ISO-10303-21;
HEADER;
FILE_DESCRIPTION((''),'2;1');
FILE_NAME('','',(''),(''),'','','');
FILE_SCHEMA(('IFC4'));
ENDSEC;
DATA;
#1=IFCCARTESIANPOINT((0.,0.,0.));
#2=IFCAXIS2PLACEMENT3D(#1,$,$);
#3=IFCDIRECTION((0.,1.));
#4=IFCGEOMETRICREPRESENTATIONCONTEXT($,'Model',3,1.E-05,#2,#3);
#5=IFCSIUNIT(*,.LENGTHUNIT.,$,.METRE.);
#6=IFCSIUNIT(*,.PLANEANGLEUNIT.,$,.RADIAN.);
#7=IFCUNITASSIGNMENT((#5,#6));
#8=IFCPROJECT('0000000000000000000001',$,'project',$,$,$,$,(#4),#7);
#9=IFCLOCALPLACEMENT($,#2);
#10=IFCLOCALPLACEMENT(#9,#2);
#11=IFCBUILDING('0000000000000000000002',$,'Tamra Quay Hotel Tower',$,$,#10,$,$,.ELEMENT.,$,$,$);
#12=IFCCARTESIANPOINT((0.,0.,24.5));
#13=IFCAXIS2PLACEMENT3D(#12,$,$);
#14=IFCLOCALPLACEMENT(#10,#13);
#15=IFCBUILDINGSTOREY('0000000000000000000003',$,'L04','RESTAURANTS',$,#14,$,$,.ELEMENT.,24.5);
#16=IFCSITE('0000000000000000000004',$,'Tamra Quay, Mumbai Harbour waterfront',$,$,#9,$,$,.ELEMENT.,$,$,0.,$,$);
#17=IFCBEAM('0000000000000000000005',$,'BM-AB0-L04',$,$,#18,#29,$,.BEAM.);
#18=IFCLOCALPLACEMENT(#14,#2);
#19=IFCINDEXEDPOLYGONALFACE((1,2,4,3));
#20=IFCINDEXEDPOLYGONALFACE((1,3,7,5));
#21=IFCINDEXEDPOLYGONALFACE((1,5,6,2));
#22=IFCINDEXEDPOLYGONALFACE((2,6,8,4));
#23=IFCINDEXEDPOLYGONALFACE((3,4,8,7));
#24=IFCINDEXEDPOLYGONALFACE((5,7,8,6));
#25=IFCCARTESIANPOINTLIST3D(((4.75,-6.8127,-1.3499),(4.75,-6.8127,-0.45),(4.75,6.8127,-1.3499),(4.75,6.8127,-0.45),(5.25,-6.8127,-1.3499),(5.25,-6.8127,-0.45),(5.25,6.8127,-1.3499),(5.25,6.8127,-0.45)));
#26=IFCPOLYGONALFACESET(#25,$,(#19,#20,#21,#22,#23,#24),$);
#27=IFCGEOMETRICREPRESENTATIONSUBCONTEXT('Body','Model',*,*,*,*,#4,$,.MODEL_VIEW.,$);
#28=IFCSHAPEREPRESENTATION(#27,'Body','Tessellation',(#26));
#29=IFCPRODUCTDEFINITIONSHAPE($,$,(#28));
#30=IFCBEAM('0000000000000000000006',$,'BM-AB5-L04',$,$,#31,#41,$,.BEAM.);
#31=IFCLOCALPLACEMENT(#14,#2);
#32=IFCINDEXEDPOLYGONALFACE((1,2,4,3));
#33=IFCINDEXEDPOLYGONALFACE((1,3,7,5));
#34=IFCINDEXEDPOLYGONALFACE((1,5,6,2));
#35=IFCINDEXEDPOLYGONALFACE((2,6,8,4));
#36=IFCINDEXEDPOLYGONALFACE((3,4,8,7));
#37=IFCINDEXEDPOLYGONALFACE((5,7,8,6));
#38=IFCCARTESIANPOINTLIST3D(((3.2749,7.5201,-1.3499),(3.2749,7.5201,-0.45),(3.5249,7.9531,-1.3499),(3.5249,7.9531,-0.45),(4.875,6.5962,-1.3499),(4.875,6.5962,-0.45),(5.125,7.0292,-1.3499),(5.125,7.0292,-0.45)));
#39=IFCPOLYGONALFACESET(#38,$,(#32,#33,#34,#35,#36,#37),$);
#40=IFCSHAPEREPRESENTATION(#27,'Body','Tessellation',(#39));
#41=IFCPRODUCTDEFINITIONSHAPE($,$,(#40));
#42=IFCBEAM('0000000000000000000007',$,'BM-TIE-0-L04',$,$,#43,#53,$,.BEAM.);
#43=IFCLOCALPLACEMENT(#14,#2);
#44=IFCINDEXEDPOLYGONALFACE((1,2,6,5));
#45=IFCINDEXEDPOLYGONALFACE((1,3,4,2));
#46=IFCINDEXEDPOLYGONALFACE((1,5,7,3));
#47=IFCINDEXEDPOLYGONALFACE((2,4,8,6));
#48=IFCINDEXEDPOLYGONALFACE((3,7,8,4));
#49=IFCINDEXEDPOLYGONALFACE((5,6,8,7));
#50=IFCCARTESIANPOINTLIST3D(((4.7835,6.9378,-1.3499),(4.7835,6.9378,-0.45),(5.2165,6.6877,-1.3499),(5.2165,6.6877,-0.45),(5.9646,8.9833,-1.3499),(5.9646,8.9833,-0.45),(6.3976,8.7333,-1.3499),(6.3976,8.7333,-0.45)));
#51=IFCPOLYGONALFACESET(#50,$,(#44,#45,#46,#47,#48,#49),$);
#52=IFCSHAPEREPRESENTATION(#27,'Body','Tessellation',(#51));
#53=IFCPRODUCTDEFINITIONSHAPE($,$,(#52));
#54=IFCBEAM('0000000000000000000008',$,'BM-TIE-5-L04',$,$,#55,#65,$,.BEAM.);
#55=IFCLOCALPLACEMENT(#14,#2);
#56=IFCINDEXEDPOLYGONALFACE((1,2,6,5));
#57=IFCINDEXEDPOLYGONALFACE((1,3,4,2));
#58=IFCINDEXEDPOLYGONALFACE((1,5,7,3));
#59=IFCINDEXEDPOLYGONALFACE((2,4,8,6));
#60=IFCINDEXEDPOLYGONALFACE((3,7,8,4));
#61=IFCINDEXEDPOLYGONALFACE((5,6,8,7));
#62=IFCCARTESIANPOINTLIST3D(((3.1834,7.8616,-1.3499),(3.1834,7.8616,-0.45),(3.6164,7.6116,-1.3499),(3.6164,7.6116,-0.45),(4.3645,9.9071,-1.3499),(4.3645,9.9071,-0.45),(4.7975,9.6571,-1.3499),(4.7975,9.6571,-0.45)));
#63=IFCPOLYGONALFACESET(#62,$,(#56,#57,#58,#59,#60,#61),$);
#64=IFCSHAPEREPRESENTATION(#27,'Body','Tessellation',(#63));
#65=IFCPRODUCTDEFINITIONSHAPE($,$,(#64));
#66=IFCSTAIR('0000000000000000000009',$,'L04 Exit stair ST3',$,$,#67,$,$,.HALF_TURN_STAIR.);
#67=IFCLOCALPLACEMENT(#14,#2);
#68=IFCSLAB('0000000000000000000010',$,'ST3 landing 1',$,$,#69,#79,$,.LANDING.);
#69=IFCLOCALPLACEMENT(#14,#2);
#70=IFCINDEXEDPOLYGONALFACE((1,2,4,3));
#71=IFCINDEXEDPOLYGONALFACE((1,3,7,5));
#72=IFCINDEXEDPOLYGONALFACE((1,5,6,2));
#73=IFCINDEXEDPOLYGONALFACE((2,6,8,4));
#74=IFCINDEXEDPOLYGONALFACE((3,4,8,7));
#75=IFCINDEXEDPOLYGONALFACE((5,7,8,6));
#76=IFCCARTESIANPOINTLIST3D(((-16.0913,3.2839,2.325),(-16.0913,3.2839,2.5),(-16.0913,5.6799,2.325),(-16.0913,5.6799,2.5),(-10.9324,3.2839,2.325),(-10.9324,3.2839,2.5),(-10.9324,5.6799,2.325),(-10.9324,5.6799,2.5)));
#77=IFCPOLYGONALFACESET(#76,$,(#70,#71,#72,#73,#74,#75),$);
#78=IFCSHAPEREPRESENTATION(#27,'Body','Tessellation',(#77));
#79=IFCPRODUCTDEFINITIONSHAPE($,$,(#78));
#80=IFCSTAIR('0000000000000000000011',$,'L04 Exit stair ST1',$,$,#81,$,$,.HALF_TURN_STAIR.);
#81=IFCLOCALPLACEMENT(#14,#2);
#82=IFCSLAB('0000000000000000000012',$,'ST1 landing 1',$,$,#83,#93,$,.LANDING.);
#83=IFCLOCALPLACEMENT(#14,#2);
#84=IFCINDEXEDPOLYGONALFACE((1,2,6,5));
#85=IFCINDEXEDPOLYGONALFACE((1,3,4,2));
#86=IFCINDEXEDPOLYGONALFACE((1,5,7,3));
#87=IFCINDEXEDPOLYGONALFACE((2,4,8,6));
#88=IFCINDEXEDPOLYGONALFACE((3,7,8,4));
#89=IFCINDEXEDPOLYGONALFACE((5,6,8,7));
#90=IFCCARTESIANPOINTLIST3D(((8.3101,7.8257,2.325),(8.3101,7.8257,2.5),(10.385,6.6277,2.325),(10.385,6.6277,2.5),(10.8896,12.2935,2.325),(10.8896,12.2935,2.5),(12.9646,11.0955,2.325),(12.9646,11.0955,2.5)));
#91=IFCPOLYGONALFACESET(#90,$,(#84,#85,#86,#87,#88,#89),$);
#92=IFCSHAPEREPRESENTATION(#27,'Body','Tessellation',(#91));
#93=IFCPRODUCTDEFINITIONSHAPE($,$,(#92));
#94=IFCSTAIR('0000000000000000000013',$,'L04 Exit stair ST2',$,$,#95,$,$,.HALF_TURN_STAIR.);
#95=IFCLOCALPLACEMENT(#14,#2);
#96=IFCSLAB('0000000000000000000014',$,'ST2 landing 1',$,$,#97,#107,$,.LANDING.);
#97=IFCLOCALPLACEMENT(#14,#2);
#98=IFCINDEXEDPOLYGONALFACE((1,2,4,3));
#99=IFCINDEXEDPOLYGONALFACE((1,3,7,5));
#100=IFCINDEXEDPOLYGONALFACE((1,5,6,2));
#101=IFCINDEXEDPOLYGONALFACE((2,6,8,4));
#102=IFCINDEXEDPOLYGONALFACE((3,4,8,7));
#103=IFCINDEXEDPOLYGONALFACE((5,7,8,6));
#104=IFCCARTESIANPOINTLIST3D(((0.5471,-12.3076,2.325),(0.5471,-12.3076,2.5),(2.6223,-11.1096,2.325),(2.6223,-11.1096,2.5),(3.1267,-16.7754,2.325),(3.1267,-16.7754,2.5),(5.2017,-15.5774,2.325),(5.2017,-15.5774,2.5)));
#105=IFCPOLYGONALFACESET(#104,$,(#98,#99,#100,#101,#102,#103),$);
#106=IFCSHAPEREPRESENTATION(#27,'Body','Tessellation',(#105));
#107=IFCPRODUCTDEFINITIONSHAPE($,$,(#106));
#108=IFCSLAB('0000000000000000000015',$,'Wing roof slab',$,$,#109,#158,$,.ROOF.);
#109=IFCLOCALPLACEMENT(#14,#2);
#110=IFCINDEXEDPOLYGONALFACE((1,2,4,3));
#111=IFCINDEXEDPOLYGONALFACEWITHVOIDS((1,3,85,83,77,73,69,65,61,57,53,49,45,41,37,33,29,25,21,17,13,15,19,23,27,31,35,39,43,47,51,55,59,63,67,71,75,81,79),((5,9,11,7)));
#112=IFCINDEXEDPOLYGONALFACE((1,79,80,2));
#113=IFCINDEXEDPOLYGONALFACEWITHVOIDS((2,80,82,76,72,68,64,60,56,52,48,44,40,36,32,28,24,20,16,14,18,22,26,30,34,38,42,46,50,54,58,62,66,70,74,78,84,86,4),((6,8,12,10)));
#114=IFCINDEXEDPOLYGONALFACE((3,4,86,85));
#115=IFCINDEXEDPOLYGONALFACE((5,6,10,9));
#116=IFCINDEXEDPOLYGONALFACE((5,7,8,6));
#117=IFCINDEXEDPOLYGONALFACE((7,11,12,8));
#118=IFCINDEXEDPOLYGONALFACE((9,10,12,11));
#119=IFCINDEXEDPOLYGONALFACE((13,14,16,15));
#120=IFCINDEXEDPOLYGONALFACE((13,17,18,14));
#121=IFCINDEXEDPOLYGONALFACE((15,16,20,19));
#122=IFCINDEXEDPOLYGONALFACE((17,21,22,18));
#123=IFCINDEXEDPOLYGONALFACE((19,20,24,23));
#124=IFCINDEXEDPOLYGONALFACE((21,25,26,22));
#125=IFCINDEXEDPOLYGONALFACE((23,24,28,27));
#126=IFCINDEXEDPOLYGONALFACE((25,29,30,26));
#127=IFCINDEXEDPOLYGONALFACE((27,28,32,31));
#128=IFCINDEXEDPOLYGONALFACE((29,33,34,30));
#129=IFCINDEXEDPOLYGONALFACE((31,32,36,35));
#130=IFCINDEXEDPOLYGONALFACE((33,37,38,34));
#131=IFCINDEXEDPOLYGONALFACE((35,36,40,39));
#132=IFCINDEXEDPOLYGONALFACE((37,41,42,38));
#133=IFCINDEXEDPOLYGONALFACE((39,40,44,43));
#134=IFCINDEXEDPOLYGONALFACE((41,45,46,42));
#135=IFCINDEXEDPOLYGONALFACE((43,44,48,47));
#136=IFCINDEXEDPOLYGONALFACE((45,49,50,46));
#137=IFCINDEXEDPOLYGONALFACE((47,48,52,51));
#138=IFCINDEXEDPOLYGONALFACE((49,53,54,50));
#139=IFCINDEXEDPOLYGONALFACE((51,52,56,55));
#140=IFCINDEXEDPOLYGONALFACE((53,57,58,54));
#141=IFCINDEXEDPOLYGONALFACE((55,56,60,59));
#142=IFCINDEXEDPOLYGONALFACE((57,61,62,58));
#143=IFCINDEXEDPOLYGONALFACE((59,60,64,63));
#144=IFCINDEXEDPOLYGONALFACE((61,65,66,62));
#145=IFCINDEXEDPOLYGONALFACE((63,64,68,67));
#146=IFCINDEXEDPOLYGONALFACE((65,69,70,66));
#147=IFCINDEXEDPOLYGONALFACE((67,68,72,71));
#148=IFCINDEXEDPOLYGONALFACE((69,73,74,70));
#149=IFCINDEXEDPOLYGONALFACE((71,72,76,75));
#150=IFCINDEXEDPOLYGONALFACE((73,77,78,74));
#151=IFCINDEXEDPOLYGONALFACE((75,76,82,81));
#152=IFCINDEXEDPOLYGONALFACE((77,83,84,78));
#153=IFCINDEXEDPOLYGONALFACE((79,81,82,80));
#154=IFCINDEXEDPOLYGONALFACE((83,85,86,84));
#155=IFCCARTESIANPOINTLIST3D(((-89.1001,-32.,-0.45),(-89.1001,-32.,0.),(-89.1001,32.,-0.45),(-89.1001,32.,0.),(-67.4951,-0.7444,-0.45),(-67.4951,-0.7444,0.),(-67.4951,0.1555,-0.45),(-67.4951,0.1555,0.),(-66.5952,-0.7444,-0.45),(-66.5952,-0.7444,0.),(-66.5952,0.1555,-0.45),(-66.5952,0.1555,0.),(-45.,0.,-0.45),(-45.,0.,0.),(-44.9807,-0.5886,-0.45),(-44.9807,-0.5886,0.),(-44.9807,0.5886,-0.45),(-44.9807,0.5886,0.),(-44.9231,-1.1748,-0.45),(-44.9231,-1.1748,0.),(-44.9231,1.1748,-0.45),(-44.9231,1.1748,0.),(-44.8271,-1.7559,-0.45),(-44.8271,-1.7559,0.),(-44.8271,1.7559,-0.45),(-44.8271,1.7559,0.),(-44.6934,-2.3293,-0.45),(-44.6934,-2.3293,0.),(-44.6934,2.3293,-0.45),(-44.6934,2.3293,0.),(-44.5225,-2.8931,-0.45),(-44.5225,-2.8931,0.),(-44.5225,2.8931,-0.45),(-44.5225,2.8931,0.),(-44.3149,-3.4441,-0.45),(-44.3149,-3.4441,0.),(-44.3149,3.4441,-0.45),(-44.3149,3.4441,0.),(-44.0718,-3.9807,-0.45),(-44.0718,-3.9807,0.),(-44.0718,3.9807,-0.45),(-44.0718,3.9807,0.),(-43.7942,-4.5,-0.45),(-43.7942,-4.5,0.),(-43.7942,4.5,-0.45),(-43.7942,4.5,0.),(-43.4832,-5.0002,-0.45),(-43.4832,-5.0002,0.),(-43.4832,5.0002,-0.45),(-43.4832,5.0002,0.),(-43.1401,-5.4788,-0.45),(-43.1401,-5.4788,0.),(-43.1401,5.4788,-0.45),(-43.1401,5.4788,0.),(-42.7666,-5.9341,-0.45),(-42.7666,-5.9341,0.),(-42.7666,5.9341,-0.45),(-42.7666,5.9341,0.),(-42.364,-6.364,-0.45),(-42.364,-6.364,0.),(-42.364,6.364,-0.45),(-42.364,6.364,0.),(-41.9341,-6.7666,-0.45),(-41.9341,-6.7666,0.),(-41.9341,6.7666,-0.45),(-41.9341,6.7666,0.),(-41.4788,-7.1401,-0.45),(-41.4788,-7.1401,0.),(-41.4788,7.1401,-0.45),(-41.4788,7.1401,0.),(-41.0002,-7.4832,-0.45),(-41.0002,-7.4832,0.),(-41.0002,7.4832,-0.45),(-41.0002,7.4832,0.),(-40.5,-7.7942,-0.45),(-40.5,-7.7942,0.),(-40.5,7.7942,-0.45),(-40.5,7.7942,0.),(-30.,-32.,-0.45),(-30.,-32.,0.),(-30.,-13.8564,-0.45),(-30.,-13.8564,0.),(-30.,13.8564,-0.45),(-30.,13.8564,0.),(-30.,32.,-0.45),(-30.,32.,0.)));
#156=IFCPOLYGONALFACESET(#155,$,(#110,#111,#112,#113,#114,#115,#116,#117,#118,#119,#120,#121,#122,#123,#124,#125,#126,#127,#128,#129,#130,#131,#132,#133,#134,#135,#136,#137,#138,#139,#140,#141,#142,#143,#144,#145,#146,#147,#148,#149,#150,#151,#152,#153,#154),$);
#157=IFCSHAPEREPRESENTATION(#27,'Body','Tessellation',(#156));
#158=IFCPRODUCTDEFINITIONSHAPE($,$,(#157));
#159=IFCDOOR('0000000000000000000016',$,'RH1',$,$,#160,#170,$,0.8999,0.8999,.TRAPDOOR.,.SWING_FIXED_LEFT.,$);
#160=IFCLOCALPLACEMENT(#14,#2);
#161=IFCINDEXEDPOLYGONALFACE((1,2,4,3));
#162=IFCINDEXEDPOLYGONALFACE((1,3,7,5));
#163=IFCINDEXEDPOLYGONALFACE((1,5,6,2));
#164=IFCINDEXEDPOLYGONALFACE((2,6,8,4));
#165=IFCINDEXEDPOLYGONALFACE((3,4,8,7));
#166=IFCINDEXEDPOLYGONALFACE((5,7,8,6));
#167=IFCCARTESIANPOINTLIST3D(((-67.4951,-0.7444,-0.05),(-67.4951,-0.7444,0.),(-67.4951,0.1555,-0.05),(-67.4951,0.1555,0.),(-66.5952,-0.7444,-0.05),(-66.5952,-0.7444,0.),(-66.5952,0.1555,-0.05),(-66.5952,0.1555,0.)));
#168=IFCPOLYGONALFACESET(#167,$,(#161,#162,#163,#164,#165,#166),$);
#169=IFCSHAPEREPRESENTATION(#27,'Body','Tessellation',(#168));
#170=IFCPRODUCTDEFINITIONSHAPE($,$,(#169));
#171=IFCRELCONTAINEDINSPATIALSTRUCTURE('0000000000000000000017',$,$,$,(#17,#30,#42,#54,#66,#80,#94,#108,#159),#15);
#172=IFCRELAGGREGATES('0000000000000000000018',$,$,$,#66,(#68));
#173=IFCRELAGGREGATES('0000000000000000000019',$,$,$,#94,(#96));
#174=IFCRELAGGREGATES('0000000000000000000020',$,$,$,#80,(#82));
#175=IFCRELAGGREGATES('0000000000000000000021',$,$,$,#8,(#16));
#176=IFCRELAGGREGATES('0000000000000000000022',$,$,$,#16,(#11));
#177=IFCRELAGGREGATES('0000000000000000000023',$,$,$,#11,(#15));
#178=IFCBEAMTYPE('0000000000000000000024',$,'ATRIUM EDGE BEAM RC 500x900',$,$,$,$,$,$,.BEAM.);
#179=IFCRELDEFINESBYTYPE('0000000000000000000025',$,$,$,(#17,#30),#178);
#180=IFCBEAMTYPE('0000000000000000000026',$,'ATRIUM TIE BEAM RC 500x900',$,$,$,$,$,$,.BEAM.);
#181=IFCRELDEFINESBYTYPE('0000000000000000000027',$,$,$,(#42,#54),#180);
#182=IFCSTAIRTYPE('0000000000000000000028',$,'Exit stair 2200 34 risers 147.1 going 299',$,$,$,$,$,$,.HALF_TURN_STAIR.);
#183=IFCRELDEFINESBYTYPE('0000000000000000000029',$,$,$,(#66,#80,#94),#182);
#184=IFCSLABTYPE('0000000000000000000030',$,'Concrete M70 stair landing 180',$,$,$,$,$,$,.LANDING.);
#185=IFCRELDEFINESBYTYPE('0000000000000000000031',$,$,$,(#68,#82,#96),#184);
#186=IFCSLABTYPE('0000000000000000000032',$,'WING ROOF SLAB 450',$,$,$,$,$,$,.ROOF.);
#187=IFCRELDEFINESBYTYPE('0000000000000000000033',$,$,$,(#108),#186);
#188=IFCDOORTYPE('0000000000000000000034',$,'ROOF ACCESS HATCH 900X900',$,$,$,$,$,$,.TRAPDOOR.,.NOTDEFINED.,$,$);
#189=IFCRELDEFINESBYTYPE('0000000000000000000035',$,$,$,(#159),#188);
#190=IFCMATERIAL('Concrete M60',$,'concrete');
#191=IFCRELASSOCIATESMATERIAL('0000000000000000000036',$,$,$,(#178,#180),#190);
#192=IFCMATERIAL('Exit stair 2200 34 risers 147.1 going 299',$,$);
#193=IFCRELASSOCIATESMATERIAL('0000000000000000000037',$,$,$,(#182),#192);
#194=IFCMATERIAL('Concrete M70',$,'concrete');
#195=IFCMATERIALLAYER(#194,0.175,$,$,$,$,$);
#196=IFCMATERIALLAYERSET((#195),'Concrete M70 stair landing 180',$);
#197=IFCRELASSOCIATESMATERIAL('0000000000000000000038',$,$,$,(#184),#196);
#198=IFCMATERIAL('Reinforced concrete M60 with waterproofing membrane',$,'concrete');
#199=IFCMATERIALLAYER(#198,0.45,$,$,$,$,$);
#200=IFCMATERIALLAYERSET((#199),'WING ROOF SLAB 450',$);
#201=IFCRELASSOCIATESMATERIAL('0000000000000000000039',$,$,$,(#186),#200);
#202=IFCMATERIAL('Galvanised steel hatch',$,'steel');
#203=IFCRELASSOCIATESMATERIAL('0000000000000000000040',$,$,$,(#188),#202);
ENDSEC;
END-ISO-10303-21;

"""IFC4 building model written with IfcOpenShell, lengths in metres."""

from ifc_helpers import new_model, si_unit, direction, frame, origin, origin_2d, place, context, subcontext, project, spatial, polyline, rectangle, outline, extrude, material, layer, layer_set, material_profile, profile_set, type_object, element, fill, aggregate, save


model = new_model("IFC4")

# Units and contexts
model_context = context("Model", 3, precision=1e-05, world=origin(), true_north=direction((0.0, 1.0)))
body_context = subcontext(model_context, "Body", "Model", "MODEL_VIEW")
ifc_project = project(units=[si_unit("LENGTHUNIT", "METRE"), si_unit("PLANEANGLEUNIT", "RADIAN")], contexts=[model_context])

# Site, building, storey
site_placement = place(None, origin())
site = spatial("IfcSite", under=ifc_project, at=site_placement, Name="Tamra Quay, Mumbai Harbour waterfront", CompositionType="ELEMENT", RefElevation=0.0)
building_placement = place(site_placement, origin())
building = spatial("IfcBuilding", under=site, at=building_placement, Name="Tamra Quay Hotel Tower", CompositionType="ELEMENT")
storey_placement = place(building_placement, frame((0.0, 0.0, 24.5)))
storey = spatial("IfcBuildingStorey", under=building, at=storey_placement, Name="L04", Description="RESTAURANTS", CompositionType="ELEMENT", Elevation=24.5)

# Beams
ifc_material_1 = material(Name="Concrete M60", Category="concrete")
ifc_material_profile_1 = material_profile(ifc_material_1, rectangle(XDim=0.5, YDim=0.8999, at=origin_2d()), Name="ATRIUM EDGE BEAM RC 500x900")
ifc_profile_set_1 = profile_set([ifc_material_profile_1], Name="Concrete M60")
beam_type_1 = type_object("IfcBeamType", Name="ATRIUM EDGE BEAM RC 500x900", PredefinedType="BEAM", material=ifc_profile_set_1)
beam_1_placement = place(storey_placement, frame((5.0, 6.8127, -0.8999), z_axis=(0.0, -1.0, 0.0), x_axis=(1.0, 0.0, 0.0)))
element("IfcBeam", 1, at=beam_1_placement, inside=storey, type_object=beam_type_1, Name="BM-AB0-L04", PredefinedType="BEAM", context=body_context, shape_type="SweptSolid", body=[
    extrude(rectangle(XDim=0.5, YDim=0.8999, at=origin_2d()), origin(), (0.0, 0.0, 1.0), 13.6255),
])
beam_2_placement = place(storey_placement, frame((3.3999, 7.7366, -0.8999), z_axis=(0.866023, -0.500005, 0.0), x_axis=(0.500005, 0.866023, 0.0)))
element("IfcBeam", 2, at=beam_2_placement, inside=storey, type_object=beam_type_1, Name="BM-AB5-L04", PredefinedType="BEAM", context=body_context, shape_type="SweptSolid", body=[
    extrude(rectangle(XDim=0.5, YDim=0.8999, at=origin_2d()), origin(), (0.0, 0.0, 1.0), 1.8477),
])
ifc_material_profile_2 = material_profile(ifc_material_1, rectangle(XDim=0.5, YDim=0.8999, at=origin_2d()), Name="ATRIUM TIE BEAM RC 500x900")
ifc_profile_set_2 = profile_set([ifc_material_profile_2], Name="Concrete M60")
beam_type_2 = type_object("IfcBeamType", Name="ATRIUM TIE BEAM RC 500x900", PredefinedType="BEAM", material=ifc_profile_set_2)
for number, where, z_axis, x_axis, name in (
    (3, (5.0, 6.8127, -0.8999), (0.50003, 0.866008, 0.0), (-0.866008, 0.50003, 0.0), "BM-TIE-0-L04"),
    (4, (3.3999, 7.7366, -0.8999), (0.50003, 0.866008, 0.0), (-0.866008, 0.50003, 0.0), "BM-TIE-5-L04"),
):
    element("IfcBeam", number, at=place(storey_placement, frame(where, z_axis=z_axis, x_axis=x_axis)), inside=storey, type_object=beam_type_2, Name=name, PredefinedType="BEAM", context=body_context, shape_type="SweptSolid", body=[
        extrude(rectangle(XDim=0.5, YDim=0.8999, at=origin_2d()), origin(), (0.0, 0.0, 1.0), 2.3621),
    ])

# Stairs, slabs
ifc_material_2 = material(Name="Exit stair 2200 34 risers 147.1 going 299")
stair_type = type_object("IfcStairType", Name="Exit stair 2200 34 risers 147.1 going 299", PredefinedType="HALF_TURN_STAIR", material=ifc_material_2)
stair_1_placement = place(storey_placement, origin())
stair_1 = element("IfcStair", 5, at=stair_1_placement, inside=storey, type_object=stair_type, Name="L04 Exit stair ST3", PredefinedType="HALF_TURN_STAIR")
ifc_material_3 = material(Name="Concrete M70", Category="concrete")
ifc_layer_1 = layer(ifc_material_3, 0.175)
ifc_layer_set_1 = layer_set([ifc_layer_1], Name="Concrete M70 stair landing 180")
slab_type_1 = type_object("IfcSlabType", Name="Concrete M70 stair landing 180", PredefinedType="LANDING", material=ifc_layer_set_1)
slab_1_placement = place(storey_placement, frame((0.0, 0.0, 2.325)))
slab_1 = element("IfcSlab", 6, at=slab_1_placement, type_object=slab_type_1, Name="ST3 landing 1", PredefinedType="LANDING", context=body_context, shape_type="SweptSolid", body=[
    extrude(outline(polyline([(-10.9324, 3.2839), (-10.9324, 5.6799), (-16.0913, 5.6799), (-16.0913, 3.2839), (-10.9324, 3.2839)])), origin(), (0.0, 0.0, 1.0), 0.175),
])
aggregate(stair_1, [slab_1])
stair_2_placement = place(storey_placement, origin())
stair_2 = element("IfcStair", 7, at=stair_2_placement, inside=storey, type_object=stair_type, Name="L04 Exit stair ST1", PredefinedType="HALF_TURN_STAIR")
slab_2_placement = place(storey_placement, frame((0.0, 0.0, 2.325)))
slab_2 = element("IfcSlab", 8, at=slab_2_placement, type_object=slab_type_1, Name="ST1 landing 1", PredefinedType="LANDING", context=body_context, shape_type="SweptSolid", body=[
    extrude(outline(polyline([(8.3101, 7.8257), (10.385, 6.6277), (12.9646, 11.0955), (10.8896, 12.2935), (8.3101, 7.8257)])), origin(), (0.0, 0.0, 1.0), 0.175),
])
stair_3_placement = place(storey_placement, origin())
stair_3 = element("IfcStair", 9, at=stair_3_placement, inside=storey, type_object=stair_type, Name="L04 Exit stair ST2", PredefinedType="HALF_TURN_STAIR")
slab_3_placement = place(storey_placement, frame((0.0, 0.0, 2.325)))
slab_3 = element("IfcSlab", 10, at=slab_3_placement, type_object=slab_type_1, Name="ST2 landing 1", PredefinedType="LANDING", context=body_context, shape_type="SweptSolid", body=[
    extrude(outline(polyline([(2.6223, -11.1096), (0.5471, -12.3076), (3.1267, -16.7754), (5.2017, -15.5774), (2.6223, -11.1096)])), origin(), (0.0, 0.0, 1.0), 0.175),
])
aggregate(stair_3, [slab_3])

# Slab, opening, door
ifc_material_4 = material(Name="Reinforced concrete M60 with waterproofing membrane", Category="concrete")
ifc_layer_2 = layer(ifc_material_4, 0.45)
ifc_layer_set_2 = layer_set([ifc_layer_2], Name="WING ROOF SLAB 450")
slab_type_2 = type_object("IfcSlabType", Name="WING ROOF SLAB 450", PredefinedType="ROOF", material=ifc_layer_set_2)
slab_4_placement = place(storey_placement, frame((0.0, 0.0, -0.45)))
slab_4 = element("IfcSlab", 11, at=slab_4_placement, inside=storey, type_object=slab_type_2, Name="Wing roof slab", PredefinedType="ROOF", context=body_context, shape_type="SweptSolid", body=[
    extrude(outline(polyline([(-89.1001, -32.0), (-30.0, -32.0), (-30.0, -13.8564), (13.5, -38.9712), (-40.5, -7.7942), (-41.0002, -7.4832), (-41.4788, -7.1401), (-41.9341, -6.7666), (-42.364, -6.364), (-42.7666, -5.9341), (-43.1401, -5.4788), (-43.4832, -5.0002), (-43.7942, -4.5), (-44.0718, -3.9807), (-44.3149, -3.4441), (-44.5225, -2.8931), (-44.6934, -2.3293), (-44.8271, -1.7559), (-44.9231, -1.1748), (-44.9807, -0.5886), (-45.0, 0.0), (-44.9807, 0.5886), (-44.9231, 1.1748), (-44.8271, 1.7559), (-44.6934, 2.3293), (-44.5225, 2.8931), (-44.3149, 3.4441), (-44.0718, 3.9807), (-43.7942, 4.5), (-43.4832, 5.0002), (-43.1401, 5.4788), (-42.7666, 5.9341), (-42.364, 6.364), (-41.9341, 6.7666), (-41.4788, 7.1401), (-41.0002, 7.4832), (-40.5, 7.7942), (13.5, 38.9712), (-30.0, 13.8564), (-30.0, 32.0), (-89.1001, 32.0), (-89.1001, -32.0)])), origin(), (0.0, 0.0, 1.0), 0.45),
])
opening_1_placement = place(slab_4_placement, frame((-67.0452, -0.2944, 0.0)))
opening_1 = element("IfcOpeningElement", 12, at=opening_1_placement, cuts=slab_4, PredefinedType="OPENING", context=body_context, shape_type="SweptSolid", body=[
    extrude(rectangle(XDim=0.8999, YDim=0.8999, at=origin_2d()), origin(), (0.0, 0.0, 1.0), 0.45),
])
ifc_material_5 = material(Name="Galvanised steel hatch", Category="steel")
door_type_1 = type_object("IfcDoorType", Name="ROOF ACCESS HATCH 900X900", OperationType="NOTDEFINED", PredefinedType="TRAPDOOR", material=ifc_material_5)
door_1_placement = place(opening_1_placement, frame((0.0, 0.0, 0.3999)))
door_1 = element("IfcDoor", 13, at=door_1_placement, inside=storey, type_object=door_type_1, Name="RH1", OperationType="SWING_FIXED_LEFT", OverallHeight=0.8999, OverallWidth=0.8999, PredefinedType="TRAPDOOR", context=body_context, shape_type="SweptSolid", body=[
    extrude(rectangle(XDim=0.8999, YDim=0.8999, at=origin_2d()), origin(), (0.0, 0.0, 1.0), 0.05),
])
fill(opening_1, door_1)

aggregate(stair_2, [slab_2])

save(model, "model.ifc")
